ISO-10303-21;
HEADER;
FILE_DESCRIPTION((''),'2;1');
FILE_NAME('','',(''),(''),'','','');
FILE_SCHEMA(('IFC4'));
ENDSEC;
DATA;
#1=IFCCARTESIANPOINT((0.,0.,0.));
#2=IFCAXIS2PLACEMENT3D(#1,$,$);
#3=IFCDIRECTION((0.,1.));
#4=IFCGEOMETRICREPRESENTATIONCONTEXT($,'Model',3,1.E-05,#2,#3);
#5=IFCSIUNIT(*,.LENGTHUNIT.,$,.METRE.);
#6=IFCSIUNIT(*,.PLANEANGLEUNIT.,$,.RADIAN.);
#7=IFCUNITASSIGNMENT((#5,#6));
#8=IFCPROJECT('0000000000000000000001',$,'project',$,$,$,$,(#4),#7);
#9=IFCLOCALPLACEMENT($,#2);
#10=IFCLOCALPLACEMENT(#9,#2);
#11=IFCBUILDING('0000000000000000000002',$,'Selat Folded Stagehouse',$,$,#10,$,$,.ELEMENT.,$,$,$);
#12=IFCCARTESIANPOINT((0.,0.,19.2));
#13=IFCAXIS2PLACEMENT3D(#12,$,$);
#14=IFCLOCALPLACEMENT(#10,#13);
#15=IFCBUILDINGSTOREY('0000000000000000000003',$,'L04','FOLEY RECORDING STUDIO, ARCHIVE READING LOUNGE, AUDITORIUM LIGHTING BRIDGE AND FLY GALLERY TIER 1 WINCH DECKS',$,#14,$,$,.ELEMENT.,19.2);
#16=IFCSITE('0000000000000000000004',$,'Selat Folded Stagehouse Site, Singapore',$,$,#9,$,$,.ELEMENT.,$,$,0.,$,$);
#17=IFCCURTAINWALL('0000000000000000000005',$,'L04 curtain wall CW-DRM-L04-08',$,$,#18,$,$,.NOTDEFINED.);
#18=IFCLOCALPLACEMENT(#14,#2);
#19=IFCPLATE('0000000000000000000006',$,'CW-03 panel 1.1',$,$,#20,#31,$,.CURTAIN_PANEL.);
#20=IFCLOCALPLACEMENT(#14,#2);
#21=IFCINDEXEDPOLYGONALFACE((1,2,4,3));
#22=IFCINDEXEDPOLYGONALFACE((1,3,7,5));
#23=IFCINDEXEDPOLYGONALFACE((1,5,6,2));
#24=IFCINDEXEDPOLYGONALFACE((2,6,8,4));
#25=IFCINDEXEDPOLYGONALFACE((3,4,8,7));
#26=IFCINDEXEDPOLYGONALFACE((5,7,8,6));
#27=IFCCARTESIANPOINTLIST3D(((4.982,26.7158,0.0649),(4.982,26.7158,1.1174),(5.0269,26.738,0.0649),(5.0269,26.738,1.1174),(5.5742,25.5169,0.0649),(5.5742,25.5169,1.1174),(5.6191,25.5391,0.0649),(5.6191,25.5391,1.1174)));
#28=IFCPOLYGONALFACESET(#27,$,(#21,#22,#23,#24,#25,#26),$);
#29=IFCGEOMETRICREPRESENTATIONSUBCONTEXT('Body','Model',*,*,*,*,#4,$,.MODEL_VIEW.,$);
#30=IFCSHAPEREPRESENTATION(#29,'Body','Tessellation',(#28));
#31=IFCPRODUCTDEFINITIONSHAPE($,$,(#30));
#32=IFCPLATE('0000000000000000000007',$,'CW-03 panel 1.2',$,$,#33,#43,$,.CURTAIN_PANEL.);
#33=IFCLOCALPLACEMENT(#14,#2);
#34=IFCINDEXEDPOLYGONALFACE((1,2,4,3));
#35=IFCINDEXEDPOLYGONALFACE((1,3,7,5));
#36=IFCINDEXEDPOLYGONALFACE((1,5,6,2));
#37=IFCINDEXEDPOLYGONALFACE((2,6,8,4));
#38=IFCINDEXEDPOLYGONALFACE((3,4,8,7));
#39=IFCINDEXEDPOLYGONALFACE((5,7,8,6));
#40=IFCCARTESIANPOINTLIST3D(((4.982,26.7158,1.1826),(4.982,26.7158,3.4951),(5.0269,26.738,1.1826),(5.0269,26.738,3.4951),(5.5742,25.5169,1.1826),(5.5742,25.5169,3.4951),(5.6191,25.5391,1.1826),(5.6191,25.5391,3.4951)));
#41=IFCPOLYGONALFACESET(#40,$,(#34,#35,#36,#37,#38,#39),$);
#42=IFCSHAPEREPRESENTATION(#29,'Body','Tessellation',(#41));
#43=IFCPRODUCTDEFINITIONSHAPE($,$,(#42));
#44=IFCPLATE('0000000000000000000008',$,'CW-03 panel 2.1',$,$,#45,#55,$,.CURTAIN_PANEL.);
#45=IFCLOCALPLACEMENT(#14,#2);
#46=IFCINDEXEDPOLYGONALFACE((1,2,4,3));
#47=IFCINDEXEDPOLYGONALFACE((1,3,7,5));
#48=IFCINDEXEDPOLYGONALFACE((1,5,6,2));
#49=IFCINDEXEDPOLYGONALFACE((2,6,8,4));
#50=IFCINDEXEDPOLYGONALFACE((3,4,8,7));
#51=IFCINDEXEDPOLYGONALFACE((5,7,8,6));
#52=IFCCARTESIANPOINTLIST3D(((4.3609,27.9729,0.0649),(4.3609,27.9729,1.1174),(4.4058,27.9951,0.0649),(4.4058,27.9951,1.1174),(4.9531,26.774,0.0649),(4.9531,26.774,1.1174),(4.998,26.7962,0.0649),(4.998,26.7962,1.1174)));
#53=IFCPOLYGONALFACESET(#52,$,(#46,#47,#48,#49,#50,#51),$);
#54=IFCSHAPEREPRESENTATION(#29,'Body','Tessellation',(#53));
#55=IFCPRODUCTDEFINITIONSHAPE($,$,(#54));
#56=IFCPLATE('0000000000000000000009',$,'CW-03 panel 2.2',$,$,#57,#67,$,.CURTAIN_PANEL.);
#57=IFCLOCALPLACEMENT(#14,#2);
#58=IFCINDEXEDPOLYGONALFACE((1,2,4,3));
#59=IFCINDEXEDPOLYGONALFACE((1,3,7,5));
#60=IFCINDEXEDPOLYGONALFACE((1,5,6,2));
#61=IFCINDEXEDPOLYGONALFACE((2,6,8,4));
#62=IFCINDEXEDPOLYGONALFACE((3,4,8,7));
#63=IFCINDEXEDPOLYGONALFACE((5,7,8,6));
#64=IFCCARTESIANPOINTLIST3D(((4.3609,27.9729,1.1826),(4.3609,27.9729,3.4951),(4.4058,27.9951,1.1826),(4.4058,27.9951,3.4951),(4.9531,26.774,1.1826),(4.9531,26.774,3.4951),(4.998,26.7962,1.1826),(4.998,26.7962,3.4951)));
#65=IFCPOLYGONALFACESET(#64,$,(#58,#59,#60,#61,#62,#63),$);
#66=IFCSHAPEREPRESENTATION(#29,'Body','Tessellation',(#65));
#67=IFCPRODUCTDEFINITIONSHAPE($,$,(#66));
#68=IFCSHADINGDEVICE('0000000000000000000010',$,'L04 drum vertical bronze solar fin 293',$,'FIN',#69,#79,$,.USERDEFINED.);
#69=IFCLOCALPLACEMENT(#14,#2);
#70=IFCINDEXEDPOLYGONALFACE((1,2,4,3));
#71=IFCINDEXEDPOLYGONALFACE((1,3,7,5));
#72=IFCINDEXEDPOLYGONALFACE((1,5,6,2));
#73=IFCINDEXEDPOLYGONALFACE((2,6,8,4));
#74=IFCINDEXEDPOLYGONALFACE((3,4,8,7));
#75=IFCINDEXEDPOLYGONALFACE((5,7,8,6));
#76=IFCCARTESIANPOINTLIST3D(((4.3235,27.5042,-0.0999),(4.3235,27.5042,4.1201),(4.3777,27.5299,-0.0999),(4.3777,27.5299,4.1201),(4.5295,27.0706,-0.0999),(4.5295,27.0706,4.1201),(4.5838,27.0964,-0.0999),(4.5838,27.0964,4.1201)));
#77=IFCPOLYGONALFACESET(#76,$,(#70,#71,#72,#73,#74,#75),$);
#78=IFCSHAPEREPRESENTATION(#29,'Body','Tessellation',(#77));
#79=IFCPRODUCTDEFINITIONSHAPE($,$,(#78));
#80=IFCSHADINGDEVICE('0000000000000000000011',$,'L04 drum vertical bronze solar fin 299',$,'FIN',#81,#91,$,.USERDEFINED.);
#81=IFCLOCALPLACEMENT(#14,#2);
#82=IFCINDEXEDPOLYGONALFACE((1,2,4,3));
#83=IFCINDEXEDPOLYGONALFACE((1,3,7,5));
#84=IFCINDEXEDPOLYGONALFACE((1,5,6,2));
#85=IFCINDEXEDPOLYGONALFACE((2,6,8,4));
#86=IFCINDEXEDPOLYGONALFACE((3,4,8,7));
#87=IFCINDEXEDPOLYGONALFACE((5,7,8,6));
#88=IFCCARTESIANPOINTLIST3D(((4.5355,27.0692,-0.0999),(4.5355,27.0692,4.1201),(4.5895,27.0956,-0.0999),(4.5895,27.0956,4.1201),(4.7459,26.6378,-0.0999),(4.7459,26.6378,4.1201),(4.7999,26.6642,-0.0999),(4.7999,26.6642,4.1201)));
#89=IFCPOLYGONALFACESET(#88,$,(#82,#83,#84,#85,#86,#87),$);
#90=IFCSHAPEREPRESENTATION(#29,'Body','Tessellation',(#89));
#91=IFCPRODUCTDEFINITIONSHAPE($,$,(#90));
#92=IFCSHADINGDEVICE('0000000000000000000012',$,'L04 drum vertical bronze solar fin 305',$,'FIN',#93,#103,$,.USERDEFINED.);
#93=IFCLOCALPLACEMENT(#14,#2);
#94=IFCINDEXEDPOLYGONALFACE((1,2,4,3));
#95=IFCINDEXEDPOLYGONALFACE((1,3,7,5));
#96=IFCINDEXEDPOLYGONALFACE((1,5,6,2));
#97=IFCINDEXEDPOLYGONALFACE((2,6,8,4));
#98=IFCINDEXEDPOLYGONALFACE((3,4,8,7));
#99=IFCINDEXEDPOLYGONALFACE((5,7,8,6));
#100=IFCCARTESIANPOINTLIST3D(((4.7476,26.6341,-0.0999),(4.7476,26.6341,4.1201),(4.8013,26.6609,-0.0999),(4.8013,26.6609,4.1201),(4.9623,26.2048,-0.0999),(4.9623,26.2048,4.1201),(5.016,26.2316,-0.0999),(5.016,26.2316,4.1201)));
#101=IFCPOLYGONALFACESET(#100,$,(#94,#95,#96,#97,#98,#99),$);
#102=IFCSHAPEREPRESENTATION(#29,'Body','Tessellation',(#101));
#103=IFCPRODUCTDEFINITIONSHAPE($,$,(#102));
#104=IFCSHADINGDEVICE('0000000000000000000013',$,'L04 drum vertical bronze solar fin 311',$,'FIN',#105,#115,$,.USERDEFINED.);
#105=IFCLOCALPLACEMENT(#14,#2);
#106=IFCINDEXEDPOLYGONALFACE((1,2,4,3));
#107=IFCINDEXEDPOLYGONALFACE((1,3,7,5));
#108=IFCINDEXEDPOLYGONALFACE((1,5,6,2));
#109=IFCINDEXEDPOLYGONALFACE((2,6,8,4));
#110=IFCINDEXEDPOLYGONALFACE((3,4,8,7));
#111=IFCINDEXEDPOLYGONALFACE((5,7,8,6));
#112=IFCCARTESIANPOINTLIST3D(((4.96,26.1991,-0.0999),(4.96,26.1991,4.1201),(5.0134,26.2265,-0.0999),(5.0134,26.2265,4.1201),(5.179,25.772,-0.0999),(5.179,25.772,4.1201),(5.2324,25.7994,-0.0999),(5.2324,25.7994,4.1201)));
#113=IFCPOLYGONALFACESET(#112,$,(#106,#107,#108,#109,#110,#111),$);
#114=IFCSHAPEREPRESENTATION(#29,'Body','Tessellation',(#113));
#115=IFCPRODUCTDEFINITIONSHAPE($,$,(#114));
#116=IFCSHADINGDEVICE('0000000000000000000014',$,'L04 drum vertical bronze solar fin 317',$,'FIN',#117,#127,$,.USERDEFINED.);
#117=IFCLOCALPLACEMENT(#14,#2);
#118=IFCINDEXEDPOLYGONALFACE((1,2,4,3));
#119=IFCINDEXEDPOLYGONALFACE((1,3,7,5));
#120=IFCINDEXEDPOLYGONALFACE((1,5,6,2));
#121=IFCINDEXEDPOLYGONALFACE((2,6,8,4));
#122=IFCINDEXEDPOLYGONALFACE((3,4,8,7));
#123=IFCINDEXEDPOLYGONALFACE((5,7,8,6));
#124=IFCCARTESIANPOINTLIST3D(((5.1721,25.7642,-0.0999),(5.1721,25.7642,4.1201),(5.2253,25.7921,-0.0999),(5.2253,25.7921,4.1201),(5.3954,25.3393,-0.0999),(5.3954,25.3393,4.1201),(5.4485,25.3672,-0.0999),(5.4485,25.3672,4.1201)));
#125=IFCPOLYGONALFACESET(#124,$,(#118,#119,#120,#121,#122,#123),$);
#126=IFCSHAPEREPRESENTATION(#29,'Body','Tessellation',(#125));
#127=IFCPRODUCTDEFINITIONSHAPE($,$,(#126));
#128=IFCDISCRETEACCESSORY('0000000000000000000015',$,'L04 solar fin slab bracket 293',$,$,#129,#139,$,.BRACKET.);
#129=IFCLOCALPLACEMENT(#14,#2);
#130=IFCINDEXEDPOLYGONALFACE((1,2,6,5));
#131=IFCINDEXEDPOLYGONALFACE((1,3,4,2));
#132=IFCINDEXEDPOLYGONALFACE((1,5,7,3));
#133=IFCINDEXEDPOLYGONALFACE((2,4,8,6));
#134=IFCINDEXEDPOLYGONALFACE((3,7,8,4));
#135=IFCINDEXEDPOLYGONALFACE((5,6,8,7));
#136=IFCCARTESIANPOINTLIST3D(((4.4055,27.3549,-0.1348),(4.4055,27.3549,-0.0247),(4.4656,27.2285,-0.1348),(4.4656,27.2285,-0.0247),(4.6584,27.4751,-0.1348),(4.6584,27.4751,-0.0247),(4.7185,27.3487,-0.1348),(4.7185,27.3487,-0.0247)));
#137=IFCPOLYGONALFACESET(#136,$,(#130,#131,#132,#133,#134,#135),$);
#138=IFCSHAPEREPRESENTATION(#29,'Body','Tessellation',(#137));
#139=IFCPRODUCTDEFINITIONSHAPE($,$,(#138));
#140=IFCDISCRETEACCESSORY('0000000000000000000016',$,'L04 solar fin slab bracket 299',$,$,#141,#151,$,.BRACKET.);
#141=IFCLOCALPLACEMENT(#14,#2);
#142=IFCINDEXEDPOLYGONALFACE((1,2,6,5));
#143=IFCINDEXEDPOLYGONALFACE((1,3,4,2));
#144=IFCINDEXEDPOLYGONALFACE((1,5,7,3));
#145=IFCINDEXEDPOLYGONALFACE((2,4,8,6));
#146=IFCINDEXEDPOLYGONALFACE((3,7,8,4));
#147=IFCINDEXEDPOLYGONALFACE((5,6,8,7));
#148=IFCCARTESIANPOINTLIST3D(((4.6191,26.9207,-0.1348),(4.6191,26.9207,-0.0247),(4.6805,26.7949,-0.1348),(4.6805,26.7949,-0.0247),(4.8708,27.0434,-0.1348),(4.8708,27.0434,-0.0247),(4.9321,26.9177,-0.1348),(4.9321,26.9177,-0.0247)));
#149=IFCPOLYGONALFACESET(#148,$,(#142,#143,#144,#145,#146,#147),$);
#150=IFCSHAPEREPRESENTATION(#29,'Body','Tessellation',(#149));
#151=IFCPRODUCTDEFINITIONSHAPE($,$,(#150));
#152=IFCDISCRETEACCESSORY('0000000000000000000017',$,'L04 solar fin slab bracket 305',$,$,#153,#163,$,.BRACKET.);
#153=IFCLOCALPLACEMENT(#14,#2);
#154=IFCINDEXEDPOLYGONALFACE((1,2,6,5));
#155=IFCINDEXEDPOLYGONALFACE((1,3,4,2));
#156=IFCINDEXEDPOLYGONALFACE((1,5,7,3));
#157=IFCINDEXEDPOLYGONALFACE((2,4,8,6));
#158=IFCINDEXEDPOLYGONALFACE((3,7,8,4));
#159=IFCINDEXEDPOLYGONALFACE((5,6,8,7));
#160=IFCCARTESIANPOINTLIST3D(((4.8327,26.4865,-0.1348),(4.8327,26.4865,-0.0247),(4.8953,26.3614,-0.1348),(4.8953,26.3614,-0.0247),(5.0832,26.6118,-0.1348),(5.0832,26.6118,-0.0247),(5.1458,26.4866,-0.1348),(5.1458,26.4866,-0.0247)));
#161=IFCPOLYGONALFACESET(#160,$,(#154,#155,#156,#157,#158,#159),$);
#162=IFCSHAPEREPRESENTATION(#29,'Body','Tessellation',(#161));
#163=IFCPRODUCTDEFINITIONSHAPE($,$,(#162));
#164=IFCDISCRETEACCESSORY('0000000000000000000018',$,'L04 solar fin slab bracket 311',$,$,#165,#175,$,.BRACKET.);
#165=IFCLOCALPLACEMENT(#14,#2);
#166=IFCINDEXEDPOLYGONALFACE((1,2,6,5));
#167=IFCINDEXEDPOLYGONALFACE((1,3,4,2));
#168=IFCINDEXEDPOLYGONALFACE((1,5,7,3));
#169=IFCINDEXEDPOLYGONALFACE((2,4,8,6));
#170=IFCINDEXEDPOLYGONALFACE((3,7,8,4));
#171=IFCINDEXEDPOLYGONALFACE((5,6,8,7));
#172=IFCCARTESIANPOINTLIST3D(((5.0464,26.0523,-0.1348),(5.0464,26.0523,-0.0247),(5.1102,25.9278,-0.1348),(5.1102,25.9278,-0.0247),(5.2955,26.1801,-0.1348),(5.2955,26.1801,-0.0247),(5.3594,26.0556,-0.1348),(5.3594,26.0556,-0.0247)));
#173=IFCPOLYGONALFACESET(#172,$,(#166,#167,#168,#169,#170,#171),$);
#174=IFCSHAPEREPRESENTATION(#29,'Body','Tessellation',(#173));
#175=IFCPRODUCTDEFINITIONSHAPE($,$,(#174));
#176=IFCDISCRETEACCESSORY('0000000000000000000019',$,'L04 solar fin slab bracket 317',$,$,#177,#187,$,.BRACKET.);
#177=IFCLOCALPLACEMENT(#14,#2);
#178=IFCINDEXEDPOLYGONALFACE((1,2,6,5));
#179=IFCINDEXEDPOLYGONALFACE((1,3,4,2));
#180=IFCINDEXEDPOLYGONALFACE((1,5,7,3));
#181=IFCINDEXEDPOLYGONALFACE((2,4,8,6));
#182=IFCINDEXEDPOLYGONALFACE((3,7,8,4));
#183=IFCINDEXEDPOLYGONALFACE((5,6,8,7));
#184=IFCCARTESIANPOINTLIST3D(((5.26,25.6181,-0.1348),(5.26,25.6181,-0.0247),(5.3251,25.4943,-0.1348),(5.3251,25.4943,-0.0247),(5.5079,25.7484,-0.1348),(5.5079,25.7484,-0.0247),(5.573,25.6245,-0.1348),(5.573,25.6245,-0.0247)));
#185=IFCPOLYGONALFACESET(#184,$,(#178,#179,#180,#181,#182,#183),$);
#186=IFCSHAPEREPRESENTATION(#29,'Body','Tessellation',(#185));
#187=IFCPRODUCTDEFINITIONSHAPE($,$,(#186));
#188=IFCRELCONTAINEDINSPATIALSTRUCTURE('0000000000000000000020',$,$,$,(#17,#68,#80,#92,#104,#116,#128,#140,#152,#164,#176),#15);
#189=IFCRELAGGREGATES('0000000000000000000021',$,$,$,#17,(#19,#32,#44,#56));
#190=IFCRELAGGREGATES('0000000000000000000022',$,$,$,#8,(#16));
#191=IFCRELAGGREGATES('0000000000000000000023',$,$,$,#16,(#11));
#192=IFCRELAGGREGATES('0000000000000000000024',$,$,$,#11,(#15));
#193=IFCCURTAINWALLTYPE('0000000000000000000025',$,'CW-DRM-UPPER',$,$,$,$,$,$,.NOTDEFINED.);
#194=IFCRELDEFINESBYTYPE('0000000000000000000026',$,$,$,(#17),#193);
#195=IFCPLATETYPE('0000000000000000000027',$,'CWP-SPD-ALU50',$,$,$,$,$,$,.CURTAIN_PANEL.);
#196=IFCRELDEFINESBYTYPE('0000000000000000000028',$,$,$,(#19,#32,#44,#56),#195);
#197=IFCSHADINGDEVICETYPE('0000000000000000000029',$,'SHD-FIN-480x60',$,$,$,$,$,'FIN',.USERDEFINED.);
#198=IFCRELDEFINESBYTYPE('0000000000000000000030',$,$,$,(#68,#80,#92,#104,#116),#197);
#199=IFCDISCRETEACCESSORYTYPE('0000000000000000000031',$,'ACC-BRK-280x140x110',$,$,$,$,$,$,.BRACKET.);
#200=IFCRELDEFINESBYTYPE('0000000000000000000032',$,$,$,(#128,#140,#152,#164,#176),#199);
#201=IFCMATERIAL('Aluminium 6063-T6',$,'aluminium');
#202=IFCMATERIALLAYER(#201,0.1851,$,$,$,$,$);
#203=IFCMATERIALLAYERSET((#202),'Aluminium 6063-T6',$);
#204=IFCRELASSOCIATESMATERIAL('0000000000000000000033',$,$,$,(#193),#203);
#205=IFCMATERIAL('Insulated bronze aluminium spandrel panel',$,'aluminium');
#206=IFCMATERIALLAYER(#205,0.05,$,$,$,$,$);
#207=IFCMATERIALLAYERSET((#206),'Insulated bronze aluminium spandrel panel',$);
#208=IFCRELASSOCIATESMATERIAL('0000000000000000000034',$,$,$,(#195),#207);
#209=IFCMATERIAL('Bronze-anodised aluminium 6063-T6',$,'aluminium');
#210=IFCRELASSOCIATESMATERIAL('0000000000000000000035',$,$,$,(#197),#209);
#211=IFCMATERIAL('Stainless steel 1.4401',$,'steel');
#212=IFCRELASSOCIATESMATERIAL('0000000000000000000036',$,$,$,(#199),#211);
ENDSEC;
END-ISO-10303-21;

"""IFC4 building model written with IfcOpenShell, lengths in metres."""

from ifc_helpers import new_model, si_unit, direction, frame, origin, origin_2d, place, context, subcontext, project, spatial, rectangle, extrude, material, layer, layer_set, material_profile, profile_set, type_object, element, aggregate, save


model = new_model("IFC4")

# Units and contexts
model_context = context("Model", 3, precision=1e-05, world=origin(), true_north=direction((0.0, 1.0)))
body_context = subcontext(model_context, "Body", "Model", "MODEL_VIEW")
ifc_project = project(units=[si_unit("LENGTHUNIT", "METRE"), si_unit("PLANEANGLEUNIT", "RADIAN")], contexts=[model_context])

# Site, building, storey
site_placement = place(None, origin())
site = spatial("IfcSite", under=ifc_project, at=site_placement, Name="Selat Folded Stagehouse Site, Singapore", CompositionType="ELEMENT", RefElevation=0.0)
building_placement = place(site_placement, origin())
building = spatial("IfcBuilding", under=site, at=building_placement, Name="Selat Folded Stagehouse", CompositionType="ELEMENT")
storey_placement = place(building_placement, frame((0.0, 0.0, 19.2)))
storey = spatial("IfcBuildingStorey", under=building, at=storey_placement, Name="L04", Description="FOLEY RECORDING STUDIO, ARCHIVE READING LOUNGE, AUDITORIUM LIGHTING BRIDGE AND FLY GALLERY TIER 1 WINCH DECKS", CompositionType="ELEMENT", Elevation=19.2)

# Curtain wall
ifc_material_1 = material(Name="Aluminium 6063-T6", Category="aluminium")
ifc_layer_1 = layer(ifc_material_1, 0.1851)
ifc_layer_set_1 = layer_set([ifc_layer_1], Name="Aluminium 6063-T6")
curtain_wall_type = type_object("IfcCurtainWallType", Name="CW-DRM-UPPER", PredefinedType="NOTDEFINED", material=ifc_layer_set_1)
curtain_wall_1_placement = place(storey_placement, origin())
curtain_wall_1 = element("IfcCurtainWall", 1, at=curtain_wall_1_placement, inside=storey, type_object=curtain_wall_type, Name="L04 curtain wall CW-DRM-L04-08", PredefinedType="NOTDEFINED")

# Plates
ifc_material_2 = material(Name="Insulated bronze aluminium spandrel panel", Category="aluminium")
ifc_layer_2 = layer(ifc_material_2, 0.05)
ifc_layer_set_2 = layer_set([ifc_layer_2], Name="Insulated bronze aluminium spandrel panel")
plate_type = type_object("IfcPlateType", Name="CWP-SPD-ALU50", PredefinedType="CURTAIN_PANEL", material=ifc_layer_set_2)
plate_1_placement = place(storey_placement, frame((5.3005, 26.1274, 0.0649), z_axis=(0.0, 0.0, 1.0), x_axis=(-0.442845, 0.896598, 0.0)))
plate_1 = element("IfcPlate", 2, at=plate_1_placement, type_object=plate_type, Name="CW-03 panel 1.1", PredefinedType="CURTAIN_PANEL", context=body_context, shape_type="SweptSolid", body=[
    extrude(rectangle(XDim=1.3372, YDim=0.05, at=origin_2d()), origin(), (0.0, 0.0, 1.0), 1.0525),
])
plate_2_placement = place(storey_placement, frame((5.3005, 26.1274, 1.1826), z_axis=(0.0, 0.0, 1.0), x_axis=(-0.442845, 0.896598, 0.0)))
plate_2 = element("IfcPlate", 3, at=plate_2_placement, type_object=plate_type, Name="CW-03 panel 1.2", PredefinedType="CURTAIN_PANEL", context=body_context, shape_type="SweptSolid", body=[
    extrude(rectangle(XDim=1.3372, YDim=0.05, at=origin_2d()), origin(), (0.0, 0.0, 1.0), 2.3125),
])
plate_3_placement = place(storey_placement, frame((4.6794, 27.3845, 0.0649), z_axis=(0.0, 0.0, 1.0), x_axis=(-0.442845, 0.896598, 0.0)))
plate_3 = element("IfcPlate", 4, at=plate_3_placement, type_object=plate_type, Name="CW-03 panel 2.1", PredefinedType="CURTAIN_PANEL", context=body_context, shape_type="SweptSolid", body=[
    extrude(rectangle(XDim=1.3372, YDim=0.05, at=origin_2d()), origin(), (0.0, 0.0, 1.0), 1.0525),
])
plate_4_placement = place(storey_placement, frame((4.6794, 27.3845, 1.1826), z_axis=(0.0, 0.0, 1.0), x_axis=(-0.442845, 0.896598, 0.0)))
plate_4 = element("IfcPlate", 5, at=plate_4_placement, type_object=plate_type, Name="CW-03 panel 2.2", PredefinedType="CURTAIN_PANEL", context=body_context, shape_type="SweptSolid", body=[
    extrude(rectangle(XDim=1.3372, YDim=0.05, at=origin_2d()), origin(), (0.0, 0.0, 1.0), 2.3125),
])
aggregate(curtain_wall_1, [plate_1, plate_2, plate_3, plate_4])

# Shading devices
ifc_material_3 = material(Name="Bronze-anodised aluminium 6063-T6", Category="aluminium")
ifc_material_profile_1 = material_profile(ifc_material_3, rectangle(XDim=0.0601, YDim=0.48, at=origin_2d()), Name="SOLAR-FIN 480x60")
ifc_profile_set_1 = profile_set([ifc_material_profile_1], Name="Bronze-anodised aluminium 6063-T6")
shading_device_type = type_object("IfcShadingDeviceType", Name="SHD-FIN-480x60", ElementType="FIN", PredefinedType="USERDEFINED", material=ifc_profile_set_1)
for number, where, z_axis, x_axis, name in (
    (6, (4.4536, 27.3003, -0.0999), (0.0, 0.0, 1.0), (-0.903186, -0.42925, 0.0), "L04 drum vertical bronze solar fin 293"),
    (7, (4.6677, 26.8667, -0.0999), (0.0, 0.0, 1.0), (-0.898794, -0.438371, 0.0), "L04 drum vertical bronze solar fin 299"),
    (8, (4.8818, 26.4329, -0.0999), (0.0, 0.0, 1.0), (-0.894389, -0.447291, 0.0), "L04 drum vertical bronze solar fin 305"),
    (9, (5.0962, 25.9993, -0.0999), (0.0, 0.0, 1.0), (-0.889815, -0.456322, 0.0), "L04 drum vertical bronze solar fin 311"),
    (10, (5.3103, 25.5657, -0.0999), (0.0, 0.0, 1.0), (-0.885231, -0.465151, 0.0), "L04 drum vertical bronze solar fin 317"),
):
    element("IfcShadingDevice", number, at=place(storey_placement, frame(where, z_axis=z_axis, x_axis=x_axis)), inside=storey, type_object=shading_device_type, Name=name, ObjectType="FIN", PredefinedType="USERDEFINED", context=body_context, shape_type="SweptSolid", body=[
        extrude(rectangle(XDim=0.0601, YDim=0.48, at=origin_2d()), origin(), (0.0, 0.0, 1.0), 4.22),
    ])

# Discrete accessories
ifc_material_4 = material(Name="Stainless steel 1.4401", Category="steel")
discrete_accessory_type = type_object("IfcDiscreteAccessoryType", Name="ACC-BRK-280x140x110", PredefinedType="BRACKET", material=ifc_material_4)
for number, where, z_axis, x_axis, name in (
    (11, (4.562, 27.3518, -0.1348), (0.0, 0.0, 1.0), (-0.903186, -0.42925, 0.0), "L04 solar fin slab bracket 293"),
    (12, (4.7756, 26.9192, -0.1348), (0.0, 0.0, 1.0), (-0.898794, -0.438371, 0.0), "L04 solar fin slab bracket 299"),
    (13, (4.9893, 26.4866, -0.1348), (0.0, 0.0, 1.0), (-0.894389, -0.447291, 0.0), "L04 solar fin slab bracket 305"),
    (14, (5.2029, 26.054, -0.1348), (0.0, 0.0, 1.0), (-0.889815, -0.456322, 0.0), "L04 solar fin slab bracket 311"),
    (15, (5.4165, 25.6213, -0.1348), (0.0, 0.0, 1.0), (-0.885231, -0.465151, 0.0), "L04 solar fin slab bracket 317"),
):
    element("IfcDiscreteAccessory", number, at=place(storey_placement, frame(where, z_axis=z_axis, x_axis=x_axis)), inside=storey, type_object=discrete_accessory_type, Name=name, PredefinedType="BRACKET", context=body_context, shape_type="SweptSolid", body=[
        extrude(rectangle(XDim=0.28, YDim=0.1399, at=origin_2d()), origin(), (0.0, 0.0, 1.0), 0.1101),
    ])

save(model, "model.ifc")
